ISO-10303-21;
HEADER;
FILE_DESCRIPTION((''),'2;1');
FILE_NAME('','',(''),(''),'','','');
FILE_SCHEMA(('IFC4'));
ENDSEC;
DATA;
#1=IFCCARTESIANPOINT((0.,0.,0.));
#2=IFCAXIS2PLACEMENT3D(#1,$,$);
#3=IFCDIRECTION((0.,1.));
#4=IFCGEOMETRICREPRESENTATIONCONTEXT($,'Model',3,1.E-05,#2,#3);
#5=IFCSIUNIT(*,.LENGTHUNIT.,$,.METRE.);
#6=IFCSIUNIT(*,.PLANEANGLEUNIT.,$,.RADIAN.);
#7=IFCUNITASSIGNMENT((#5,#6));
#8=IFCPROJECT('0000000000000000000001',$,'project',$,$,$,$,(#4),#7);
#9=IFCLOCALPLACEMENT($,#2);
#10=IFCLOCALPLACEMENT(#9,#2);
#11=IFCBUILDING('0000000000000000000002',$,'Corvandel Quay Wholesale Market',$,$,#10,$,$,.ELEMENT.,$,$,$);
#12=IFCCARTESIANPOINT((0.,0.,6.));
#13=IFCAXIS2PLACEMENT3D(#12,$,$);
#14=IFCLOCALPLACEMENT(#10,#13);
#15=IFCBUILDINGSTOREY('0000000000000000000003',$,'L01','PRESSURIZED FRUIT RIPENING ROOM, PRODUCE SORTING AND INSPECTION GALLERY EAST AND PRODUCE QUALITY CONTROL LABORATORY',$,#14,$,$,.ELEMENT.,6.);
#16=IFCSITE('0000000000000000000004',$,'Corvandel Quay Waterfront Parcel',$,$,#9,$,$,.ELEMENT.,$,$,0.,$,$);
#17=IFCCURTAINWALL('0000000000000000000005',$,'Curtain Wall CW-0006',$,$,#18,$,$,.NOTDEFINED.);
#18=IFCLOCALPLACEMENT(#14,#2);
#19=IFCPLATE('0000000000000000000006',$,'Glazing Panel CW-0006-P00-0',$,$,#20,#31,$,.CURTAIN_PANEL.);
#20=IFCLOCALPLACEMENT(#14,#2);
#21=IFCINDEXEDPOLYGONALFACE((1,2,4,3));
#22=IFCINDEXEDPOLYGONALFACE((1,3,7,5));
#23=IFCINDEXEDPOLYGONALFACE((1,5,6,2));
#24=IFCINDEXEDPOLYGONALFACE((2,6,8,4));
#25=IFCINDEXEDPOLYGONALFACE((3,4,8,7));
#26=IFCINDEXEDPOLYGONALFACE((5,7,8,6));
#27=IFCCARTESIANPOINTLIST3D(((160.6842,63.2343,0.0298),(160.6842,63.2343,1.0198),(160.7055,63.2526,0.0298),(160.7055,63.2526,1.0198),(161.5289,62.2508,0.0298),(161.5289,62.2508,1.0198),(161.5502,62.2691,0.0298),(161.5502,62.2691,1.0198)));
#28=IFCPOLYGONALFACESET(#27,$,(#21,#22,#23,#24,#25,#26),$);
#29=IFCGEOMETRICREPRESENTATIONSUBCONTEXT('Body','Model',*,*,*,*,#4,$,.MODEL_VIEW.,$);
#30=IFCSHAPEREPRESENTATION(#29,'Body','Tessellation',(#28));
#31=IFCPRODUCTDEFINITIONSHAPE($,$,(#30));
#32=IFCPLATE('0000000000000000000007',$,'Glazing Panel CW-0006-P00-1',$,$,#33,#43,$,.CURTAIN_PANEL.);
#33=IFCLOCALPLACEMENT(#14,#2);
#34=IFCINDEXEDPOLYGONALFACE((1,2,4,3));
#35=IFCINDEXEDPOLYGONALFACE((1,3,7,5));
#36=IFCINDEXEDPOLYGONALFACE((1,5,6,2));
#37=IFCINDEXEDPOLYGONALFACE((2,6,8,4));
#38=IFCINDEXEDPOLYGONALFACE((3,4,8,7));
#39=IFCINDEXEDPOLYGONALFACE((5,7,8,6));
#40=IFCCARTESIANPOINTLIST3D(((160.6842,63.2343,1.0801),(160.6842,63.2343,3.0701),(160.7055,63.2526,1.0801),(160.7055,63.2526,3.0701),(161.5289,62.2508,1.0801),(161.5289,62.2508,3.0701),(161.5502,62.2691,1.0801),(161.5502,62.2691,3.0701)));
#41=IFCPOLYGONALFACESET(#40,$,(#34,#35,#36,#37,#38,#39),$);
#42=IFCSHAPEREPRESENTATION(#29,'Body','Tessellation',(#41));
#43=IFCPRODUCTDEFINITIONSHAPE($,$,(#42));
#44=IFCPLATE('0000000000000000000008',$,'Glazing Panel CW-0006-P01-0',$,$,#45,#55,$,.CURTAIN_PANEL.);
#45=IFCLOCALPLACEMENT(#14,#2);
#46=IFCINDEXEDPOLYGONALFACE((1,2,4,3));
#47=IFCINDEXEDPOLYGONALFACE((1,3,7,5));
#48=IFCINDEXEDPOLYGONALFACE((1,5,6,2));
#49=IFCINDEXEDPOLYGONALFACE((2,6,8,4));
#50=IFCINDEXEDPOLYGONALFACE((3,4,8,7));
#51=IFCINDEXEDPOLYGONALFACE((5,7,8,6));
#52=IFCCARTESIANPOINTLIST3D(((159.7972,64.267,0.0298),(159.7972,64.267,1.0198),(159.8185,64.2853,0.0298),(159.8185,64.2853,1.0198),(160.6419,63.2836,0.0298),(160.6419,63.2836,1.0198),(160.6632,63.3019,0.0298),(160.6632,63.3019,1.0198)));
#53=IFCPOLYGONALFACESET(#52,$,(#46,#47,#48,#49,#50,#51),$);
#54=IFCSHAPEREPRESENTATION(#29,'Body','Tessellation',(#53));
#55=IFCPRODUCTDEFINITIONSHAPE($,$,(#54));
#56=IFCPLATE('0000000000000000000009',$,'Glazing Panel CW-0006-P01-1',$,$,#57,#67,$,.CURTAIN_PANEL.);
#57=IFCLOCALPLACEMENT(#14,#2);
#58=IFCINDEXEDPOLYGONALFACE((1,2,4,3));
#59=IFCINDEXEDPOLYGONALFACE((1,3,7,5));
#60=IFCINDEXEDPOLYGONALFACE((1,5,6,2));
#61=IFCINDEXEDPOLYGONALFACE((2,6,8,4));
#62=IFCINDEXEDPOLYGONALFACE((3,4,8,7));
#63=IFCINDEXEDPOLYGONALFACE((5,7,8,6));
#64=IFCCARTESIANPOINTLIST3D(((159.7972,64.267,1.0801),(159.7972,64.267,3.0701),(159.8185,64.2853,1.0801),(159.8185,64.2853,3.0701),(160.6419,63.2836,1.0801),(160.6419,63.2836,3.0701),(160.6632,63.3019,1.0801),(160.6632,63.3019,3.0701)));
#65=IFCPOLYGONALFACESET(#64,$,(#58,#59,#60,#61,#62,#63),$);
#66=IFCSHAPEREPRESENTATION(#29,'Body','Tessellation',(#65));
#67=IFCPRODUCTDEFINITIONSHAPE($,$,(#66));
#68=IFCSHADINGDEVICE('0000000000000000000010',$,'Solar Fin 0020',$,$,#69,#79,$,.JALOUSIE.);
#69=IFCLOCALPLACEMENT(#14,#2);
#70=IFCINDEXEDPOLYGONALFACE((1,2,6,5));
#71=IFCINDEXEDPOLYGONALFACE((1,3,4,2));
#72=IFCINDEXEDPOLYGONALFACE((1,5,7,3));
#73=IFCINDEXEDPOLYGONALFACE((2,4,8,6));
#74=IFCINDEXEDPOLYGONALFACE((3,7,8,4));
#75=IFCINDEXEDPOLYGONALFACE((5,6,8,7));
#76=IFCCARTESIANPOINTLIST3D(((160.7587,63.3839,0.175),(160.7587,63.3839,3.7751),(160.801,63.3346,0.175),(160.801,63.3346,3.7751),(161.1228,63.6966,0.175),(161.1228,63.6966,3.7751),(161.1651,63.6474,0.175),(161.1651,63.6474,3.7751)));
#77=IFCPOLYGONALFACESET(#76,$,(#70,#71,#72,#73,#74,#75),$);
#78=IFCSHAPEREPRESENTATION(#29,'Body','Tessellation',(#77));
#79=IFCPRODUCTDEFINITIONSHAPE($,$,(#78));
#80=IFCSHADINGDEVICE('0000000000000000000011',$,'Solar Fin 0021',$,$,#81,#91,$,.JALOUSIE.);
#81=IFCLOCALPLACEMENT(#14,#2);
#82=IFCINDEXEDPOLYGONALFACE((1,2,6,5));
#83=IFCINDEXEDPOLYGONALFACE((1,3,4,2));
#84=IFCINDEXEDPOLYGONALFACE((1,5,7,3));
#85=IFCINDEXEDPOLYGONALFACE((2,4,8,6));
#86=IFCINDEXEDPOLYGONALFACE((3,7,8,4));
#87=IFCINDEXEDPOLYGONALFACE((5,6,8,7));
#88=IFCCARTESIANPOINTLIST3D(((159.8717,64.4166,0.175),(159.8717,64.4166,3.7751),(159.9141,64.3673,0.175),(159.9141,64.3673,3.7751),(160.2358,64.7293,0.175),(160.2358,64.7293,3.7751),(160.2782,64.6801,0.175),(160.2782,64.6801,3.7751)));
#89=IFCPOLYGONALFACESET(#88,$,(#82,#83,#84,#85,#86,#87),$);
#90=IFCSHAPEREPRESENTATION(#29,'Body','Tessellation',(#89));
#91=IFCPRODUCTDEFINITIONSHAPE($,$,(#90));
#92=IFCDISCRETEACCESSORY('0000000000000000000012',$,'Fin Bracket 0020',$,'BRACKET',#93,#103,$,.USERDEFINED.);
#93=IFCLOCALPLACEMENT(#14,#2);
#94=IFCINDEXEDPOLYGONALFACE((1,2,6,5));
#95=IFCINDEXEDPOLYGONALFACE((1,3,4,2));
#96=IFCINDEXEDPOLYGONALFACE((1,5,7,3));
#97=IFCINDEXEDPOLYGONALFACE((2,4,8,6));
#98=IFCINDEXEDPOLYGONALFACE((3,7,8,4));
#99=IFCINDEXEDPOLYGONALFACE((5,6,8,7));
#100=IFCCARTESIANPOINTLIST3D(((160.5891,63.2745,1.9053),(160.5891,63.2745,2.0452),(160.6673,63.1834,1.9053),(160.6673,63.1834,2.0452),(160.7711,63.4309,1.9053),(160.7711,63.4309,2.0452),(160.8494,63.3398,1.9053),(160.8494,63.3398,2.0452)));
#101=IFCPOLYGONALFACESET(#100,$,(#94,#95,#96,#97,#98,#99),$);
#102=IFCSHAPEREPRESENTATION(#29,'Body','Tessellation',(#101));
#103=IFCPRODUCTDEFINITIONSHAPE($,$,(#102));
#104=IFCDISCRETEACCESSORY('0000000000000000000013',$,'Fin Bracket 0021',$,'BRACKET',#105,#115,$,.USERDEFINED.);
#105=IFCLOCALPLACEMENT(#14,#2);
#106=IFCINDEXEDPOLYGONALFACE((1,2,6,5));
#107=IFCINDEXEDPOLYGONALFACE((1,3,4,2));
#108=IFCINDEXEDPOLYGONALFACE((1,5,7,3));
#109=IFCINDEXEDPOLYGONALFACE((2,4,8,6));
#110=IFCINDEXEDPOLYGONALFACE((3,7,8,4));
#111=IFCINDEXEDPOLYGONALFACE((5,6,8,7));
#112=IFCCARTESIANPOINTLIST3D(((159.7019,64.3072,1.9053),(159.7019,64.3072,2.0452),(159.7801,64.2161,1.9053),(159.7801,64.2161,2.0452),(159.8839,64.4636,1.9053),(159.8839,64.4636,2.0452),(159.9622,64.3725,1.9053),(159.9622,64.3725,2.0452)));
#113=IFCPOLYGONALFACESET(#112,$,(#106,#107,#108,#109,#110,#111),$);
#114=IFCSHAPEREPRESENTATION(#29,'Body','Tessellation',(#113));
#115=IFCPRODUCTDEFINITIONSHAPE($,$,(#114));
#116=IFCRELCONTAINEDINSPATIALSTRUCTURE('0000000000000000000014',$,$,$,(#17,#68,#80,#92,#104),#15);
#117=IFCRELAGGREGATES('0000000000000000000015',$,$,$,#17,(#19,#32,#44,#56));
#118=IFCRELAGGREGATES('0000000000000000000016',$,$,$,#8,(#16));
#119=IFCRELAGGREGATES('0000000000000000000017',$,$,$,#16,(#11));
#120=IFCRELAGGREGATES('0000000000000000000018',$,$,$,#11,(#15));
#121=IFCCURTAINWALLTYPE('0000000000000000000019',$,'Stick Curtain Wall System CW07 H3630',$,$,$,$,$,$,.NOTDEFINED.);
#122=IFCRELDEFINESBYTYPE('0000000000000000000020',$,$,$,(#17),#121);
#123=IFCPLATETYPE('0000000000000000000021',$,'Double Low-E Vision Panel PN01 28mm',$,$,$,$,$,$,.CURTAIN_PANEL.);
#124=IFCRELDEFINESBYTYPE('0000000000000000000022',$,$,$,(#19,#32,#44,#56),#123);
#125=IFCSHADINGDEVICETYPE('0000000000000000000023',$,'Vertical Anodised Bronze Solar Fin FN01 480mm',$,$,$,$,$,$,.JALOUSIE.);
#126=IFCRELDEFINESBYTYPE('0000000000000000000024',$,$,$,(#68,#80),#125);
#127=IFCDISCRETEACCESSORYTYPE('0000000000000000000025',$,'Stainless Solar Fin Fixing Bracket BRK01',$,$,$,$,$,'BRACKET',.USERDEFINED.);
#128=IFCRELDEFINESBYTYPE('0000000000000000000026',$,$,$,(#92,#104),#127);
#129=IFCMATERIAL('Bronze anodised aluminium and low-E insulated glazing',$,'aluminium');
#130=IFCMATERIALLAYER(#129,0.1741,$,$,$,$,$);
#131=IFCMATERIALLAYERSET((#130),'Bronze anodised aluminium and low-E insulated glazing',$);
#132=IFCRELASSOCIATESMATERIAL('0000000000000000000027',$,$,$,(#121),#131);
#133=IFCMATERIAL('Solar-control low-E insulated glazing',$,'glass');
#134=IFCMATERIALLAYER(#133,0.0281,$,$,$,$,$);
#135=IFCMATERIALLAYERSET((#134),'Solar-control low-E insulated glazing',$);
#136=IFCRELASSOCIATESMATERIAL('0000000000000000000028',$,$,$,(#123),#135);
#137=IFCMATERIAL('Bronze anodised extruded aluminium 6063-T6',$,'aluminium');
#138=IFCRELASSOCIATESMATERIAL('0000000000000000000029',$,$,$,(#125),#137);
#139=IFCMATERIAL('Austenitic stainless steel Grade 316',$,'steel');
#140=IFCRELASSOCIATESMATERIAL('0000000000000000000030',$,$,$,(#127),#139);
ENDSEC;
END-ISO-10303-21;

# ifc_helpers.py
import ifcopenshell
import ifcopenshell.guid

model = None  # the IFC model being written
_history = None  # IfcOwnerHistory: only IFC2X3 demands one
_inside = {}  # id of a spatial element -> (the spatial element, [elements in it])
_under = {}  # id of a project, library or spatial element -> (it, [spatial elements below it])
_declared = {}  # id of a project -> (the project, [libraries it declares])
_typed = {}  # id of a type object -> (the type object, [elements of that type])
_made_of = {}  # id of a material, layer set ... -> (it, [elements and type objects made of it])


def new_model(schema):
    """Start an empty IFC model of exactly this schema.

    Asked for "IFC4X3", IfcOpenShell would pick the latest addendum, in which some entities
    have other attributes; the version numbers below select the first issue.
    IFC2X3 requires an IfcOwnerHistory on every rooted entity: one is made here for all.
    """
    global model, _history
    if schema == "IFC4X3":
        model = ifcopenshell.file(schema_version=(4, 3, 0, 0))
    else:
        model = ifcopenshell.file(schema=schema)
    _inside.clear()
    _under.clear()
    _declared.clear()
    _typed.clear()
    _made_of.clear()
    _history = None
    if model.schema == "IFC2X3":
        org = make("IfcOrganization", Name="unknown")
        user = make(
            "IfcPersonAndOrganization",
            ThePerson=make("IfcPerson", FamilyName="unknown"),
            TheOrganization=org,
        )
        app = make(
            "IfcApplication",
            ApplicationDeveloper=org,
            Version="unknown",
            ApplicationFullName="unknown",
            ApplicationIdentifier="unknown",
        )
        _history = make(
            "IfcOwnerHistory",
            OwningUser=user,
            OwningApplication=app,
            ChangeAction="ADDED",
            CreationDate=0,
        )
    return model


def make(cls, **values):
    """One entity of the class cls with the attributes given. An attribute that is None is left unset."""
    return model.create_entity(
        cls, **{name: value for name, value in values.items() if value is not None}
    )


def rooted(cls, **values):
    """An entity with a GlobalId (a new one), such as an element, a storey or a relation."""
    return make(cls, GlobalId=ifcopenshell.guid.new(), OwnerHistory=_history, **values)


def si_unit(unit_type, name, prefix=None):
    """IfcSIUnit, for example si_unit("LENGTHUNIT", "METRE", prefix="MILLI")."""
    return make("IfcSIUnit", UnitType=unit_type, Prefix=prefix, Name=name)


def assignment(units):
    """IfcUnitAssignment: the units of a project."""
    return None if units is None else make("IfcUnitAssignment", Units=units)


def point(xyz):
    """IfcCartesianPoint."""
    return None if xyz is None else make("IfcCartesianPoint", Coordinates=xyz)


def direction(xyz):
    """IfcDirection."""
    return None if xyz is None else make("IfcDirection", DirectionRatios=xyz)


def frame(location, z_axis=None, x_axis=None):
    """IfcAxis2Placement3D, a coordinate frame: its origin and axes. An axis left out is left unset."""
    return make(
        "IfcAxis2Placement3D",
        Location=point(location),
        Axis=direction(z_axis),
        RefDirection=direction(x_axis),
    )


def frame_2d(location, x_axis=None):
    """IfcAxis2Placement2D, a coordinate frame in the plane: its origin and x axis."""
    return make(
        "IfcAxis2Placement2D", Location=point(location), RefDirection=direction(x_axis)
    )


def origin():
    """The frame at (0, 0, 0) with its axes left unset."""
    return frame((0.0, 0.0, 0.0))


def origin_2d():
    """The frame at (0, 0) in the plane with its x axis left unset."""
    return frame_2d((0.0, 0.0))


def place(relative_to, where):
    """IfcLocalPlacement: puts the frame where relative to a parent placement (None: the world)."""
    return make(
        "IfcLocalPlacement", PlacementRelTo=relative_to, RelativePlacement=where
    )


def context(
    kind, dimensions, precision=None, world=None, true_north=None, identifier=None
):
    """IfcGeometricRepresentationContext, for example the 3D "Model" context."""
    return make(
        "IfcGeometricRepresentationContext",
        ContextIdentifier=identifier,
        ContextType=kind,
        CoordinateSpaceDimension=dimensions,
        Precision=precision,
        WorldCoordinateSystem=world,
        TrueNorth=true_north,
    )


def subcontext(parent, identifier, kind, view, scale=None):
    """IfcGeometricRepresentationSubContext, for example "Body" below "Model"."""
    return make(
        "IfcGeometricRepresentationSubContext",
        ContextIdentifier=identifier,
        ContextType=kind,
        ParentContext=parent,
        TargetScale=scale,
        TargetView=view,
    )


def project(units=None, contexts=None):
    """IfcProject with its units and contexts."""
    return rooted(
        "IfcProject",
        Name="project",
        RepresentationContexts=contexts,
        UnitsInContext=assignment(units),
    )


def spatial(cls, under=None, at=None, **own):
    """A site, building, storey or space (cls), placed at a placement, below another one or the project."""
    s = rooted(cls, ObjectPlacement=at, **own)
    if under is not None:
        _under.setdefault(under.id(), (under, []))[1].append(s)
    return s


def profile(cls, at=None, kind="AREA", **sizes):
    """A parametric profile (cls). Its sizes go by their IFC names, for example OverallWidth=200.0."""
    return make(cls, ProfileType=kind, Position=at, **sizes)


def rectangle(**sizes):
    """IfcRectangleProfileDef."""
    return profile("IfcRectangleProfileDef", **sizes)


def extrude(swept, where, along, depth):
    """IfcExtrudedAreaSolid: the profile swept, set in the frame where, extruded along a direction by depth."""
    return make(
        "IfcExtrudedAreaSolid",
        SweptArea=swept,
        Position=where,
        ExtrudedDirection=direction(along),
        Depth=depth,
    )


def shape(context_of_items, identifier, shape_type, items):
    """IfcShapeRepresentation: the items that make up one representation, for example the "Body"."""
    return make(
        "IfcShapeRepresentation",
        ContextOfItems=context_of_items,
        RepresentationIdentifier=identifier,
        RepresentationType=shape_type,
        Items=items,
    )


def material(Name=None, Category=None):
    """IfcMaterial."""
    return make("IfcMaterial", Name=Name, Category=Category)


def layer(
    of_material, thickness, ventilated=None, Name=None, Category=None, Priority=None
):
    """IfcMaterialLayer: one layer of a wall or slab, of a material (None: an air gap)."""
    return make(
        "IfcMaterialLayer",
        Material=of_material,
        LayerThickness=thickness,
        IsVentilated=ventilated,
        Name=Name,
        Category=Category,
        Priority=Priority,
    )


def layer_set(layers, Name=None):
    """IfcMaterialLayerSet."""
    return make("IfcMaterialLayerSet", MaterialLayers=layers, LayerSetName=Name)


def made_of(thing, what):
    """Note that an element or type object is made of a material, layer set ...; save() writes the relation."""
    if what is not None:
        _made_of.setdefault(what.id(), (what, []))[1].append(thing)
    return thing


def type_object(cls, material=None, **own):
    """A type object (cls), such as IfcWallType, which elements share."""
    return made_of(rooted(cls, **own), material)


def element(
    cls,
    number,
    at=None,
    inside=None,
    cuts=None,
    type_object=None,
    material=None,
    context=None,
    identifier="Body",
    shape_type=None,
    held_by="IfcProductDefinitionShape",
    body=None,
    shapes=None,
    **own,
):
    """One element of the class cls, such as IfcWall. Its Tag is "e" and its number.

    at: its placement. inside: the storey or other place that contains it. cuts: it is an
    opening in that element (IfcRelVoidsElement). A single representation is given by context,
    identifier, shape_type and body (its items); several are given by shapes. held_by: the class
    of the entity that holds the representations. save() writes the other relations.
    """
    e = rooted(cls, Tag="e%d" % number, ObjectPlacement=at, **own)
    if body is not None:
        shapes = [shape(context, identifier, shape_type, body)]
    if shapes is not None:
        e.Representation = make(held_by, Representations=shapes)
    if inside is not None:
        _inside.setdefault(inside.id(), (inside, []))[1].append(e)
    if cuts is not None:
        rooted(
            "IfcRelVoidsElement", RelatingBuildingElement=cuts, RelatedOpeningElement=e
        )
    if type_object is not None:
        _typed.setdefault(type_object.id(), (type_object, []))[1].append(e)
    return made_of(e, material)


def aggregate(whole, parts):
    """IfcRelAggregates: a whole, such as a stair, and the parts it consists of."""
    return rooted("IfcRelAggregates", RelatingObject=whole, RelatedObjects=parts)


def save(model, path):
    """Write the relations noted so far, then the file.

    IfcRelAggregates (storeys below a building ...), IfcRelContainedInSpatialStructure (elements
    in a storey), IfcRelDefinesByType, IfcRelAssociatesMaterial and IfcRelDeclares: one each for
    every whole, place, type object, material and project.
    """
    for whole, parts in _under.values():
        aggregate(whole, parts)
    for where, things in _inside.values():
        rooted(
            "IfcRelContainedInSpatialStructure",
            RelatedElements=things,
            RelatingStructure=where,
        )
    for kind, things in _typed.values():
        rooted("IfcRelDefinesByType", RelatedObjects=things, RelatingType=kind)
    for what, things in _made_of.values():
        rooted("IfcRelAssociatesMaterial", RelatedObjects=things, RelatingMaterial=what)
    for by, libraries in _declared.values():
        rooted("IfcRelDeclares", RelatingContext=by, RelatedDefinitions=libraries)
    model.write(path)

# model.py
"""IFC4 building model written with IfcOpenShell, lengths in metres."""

from ifc_helpers import new_model, si_unit, direction, frame, origin, origin_2d, place, context, subcontext, project, spatial, rectangle, extrude, material, layer, layer_set, type_object, element, aggregate, save


model = new_model("IFC4")

# Units and contexts
model_context = context("Model", 3, precision=1e-05, world=origin(), true_north=direction((0.0, 1.0)))
body_context = subcontext(model_context, "Body", "Model", "MODEL_VIEW")
ifc_project = project(units=[si_unit("LENGTHUNIT", "METRE"), si_unit("PLANEANGLEUNIT", "RADIAN")], contexts=[model_context])

# Site, building, storey
site_placement = place(None, origin())
site = spatial("IfcSite", under=ifc_project, at=site_placement, Name="Corvandel Quay Waterfront Parcel", CompositionType="ELEMENT", RefElevation=0.0)
building_placement = place(site_placement, origin())
building = spatial("IfcBuilding", under=site, at=building_placement, Name="Corvandel Quay Wholesale Market", CompositionType="ELEMENT")
storey_placement = place(building_placement, frame((0.0, 0.0, 6.0)))
storey = spatial("IfcBuildingStorey", under=building, at=storey_placement, Name="L01", Description="PRESSURIZED FRUIT RIPENING ROOM, PRODUCE SORTING AND INSPECTION GALLERY EAST AND PRODUCE QUALITY CONTROL LABORATORY", CompositionType="ELEMENT", Elevation=6.0)

# Curtain wall
ifc_material_1 = material(Name="Bronze anodised aluminium and low-E insulated glazing", Category="aluminium")
ifc_layer_1 = layer(ifc_material_1, 0.1741)
ifc_layer_set_1 = layer_set([ifc_layer_1], Name="Bronze anodised aluminium and low-E insulated glazing")
curtain_wall_type = type_object("IfcCurtainWallType", Name="Stick Curtain Wall System CW07 H3630", PredefinedType="NOTDEFINED", material=ifc_layer_set_1)
curtain_wall_placement = place(storey_placement, origin())
curtain_wall = element("IfcCurtainWall", 1, at=curtain_wall_placement, inside=storey, type_object=curtain_wall_type, Name="Curtain Wall CW-0006", PredefinedType="NOTDEFINED")

# Plates
ifc_material_2 = material(Name="Solar-control low-E insulated glazing", Category="glass")
ifc_layer_2 = layer(ifc_material_2, 0.0281)
ifc_layer_set_2 = layer_set([ifc_layer_2], Name="Solar-control low-E insulated glazing")
plate_type_1 = type_object("IfcPlateType", Name="Double Low-E Vision Panel PN01 28mm", PredefinedType="CURTAIN_PANEL", material=ifc_layer_set_2)
plate_1_placement = place(storey_placement, frame((161.1172, 62.7517, 0.0298), z_axis=(0.0, 0.0, 1.0), x_axis=(-0.651569, 0.758589, 0.0)))
plate_1 = element("IfcPlate", 2, at=plate_1_placement, type_object=plate_type_1, Name="Glazing Panel CW-0006-P00-0", PredefinedType="CURTAIN_PANEL", context=body_context, shape_type="SweptSolid", body=[
    extrude(rectangle(XDim=1.2964, YDim=0.0281, at=origin_2d()), origin(), (0.0, 0.0, 1.0), 0.99),
])
plate_2_placement = place(storey_placement, frame((161.1172, 62.7517, 1.0801), z_axis=(0.0, 0.0, 1.0), x_axis=(-0.651569, 0.758589, 0.0)))
plate_2 = element("IfcPlate", 3, at=plate_2_placement, type_object=plate_type_1, Name="Glazing Panel CW-0006-P00-1", PredefinedType="CURTAIN_PANEL", context=body_context, shape_type="SweptSolid", body=[
    extrude(rectangle(XDim=1.2964, YDim=0.0281, at=origin_2d()), origin(), (0.0, 0.0, 1.0), 1.99),
])
plate_3_placement = place(storey_placement, frame((160.2302, 63.7844, 0.0298), z_axis=(0.0, 0.0, 1.0), x_axis=(-0.651569, 0.758589, 0.0)))
plate_3 = element("IfcPlate", 4, at=plate_3_placement, type_object=plate_type_1, Name="Glazing Panel CW-0006-P01-0", PredefinedType="CURTAIN_PANEL", context=body_context, shape_type="SweptSolid", body=[
    extrude(rectangle(XDim=1.2964, YDim=0.0281, at=origin_2d()), origin(), (0.0, 0.0, 1.0), 0.99),
])
plate_4_placement = place(storey_placement, frame((160.2302, 63.7844, 1.0801), z_axis=(0.0, 0.0, 1.0), x_axis=(-0.651569, 0.758589, 0.0)))
plate_4 = element("IfcPlate", 5, at=plate_4_placement, type_object=plate_type_1, Name="Glazing Panel CW-0006-P01-1", PredefinedType="CURTAIN_PANEL", context=body_context, shape_type="SweptSolid", body=[
    extrude(rectangle(XDim=1.2964, YDim=0.0281, at=origin_2d()), origin(), (0.0, 0.0, 1.0), 1.99),
])
aggregate(curtain_wall, [plate_1, plate_2, plate_3, plate_4])

# Shading devices
ifc_material_3 = material(Name="Bronze anodised extruded aluminium 6063-T6", Category="aluminium")
shading_device_type = type_object("IfcShadingDeviceType", Name="Vertical Anodised Bronze Solar Fin FN01 480mm", PredefinedType="JALOUSIE", material=ifc_material_3)
for number, where, z_axis, x_axis, name in (
    (6, (160.9619, 63.5156, 0.175), (0.0, 0.0, 1.0), (0.758589, 0.651569, 0.0), "Solar Fin 0020"),
    (7, (160.075, 64.5483, 0.175), (0.0, 0.0, 1.0), (0.758589, 0.651569, 0.0), "Solar Fin 0021"),
):
    element("IfcShadingDevice", number, at=place(storey_placement, frame(where, z_axis=z_axis, x_axis=x_axis)), inside=storey, type_object=shading_device_type, Name=name, PredefinedType="JALOUSIE", context=body_context, shape_type="SweptSolid", body=[
        extrude(rectangle(XDim=0.48, YDim=0.0649, at=origin_2d()), origin(), (0.0, 0.0, 1.0), 3.6001),
    ])

# Discrete accessories
ifc_material_4 = material(Name="Austenitic stainless steel Grade 316", Category="steel")
discrete_accessory_type = type_object("IfcDiscreteAccessoryType", Name="Stainless Solar Fin Fixing Bracket BRK01", ElementType="BRACKET", PredefinedType="USERDEFINED", material=ifc_material_4)
for number, where, z_axis, x_axis, name in (
    (8, (160.7192, 63.3071, 1.9053), (0.0, 0.0, 1.0), (0.758589, 0.651569, 0.0), "Fin Bracket 0020"),
    (9, (159.832, 64.3398, 1.9053), (0.0, 0.0, 1.0), (0.758589, 0.651569, 0.0), "Fin Bracket 0021"),
):
    element("IfcDiscreteAccessory", number, at=place(storey_placement, frame(where, z_axis=z_axis, x_axis=x_axis)), inside=storey, type_object=discrete_accessory_type, Name=name, ObjectType="BRACKET", PredefinedType="USERDEFINED", context=body_context, shape_type="SweptSolid", body=[
        extrude(rectangle(XDim=0.24, YDim=0.1201, at=origin_2d()), origin(), (0.0, 0.0, 1.0), 0.1399),
    ])

save(model, "model.ifc")
